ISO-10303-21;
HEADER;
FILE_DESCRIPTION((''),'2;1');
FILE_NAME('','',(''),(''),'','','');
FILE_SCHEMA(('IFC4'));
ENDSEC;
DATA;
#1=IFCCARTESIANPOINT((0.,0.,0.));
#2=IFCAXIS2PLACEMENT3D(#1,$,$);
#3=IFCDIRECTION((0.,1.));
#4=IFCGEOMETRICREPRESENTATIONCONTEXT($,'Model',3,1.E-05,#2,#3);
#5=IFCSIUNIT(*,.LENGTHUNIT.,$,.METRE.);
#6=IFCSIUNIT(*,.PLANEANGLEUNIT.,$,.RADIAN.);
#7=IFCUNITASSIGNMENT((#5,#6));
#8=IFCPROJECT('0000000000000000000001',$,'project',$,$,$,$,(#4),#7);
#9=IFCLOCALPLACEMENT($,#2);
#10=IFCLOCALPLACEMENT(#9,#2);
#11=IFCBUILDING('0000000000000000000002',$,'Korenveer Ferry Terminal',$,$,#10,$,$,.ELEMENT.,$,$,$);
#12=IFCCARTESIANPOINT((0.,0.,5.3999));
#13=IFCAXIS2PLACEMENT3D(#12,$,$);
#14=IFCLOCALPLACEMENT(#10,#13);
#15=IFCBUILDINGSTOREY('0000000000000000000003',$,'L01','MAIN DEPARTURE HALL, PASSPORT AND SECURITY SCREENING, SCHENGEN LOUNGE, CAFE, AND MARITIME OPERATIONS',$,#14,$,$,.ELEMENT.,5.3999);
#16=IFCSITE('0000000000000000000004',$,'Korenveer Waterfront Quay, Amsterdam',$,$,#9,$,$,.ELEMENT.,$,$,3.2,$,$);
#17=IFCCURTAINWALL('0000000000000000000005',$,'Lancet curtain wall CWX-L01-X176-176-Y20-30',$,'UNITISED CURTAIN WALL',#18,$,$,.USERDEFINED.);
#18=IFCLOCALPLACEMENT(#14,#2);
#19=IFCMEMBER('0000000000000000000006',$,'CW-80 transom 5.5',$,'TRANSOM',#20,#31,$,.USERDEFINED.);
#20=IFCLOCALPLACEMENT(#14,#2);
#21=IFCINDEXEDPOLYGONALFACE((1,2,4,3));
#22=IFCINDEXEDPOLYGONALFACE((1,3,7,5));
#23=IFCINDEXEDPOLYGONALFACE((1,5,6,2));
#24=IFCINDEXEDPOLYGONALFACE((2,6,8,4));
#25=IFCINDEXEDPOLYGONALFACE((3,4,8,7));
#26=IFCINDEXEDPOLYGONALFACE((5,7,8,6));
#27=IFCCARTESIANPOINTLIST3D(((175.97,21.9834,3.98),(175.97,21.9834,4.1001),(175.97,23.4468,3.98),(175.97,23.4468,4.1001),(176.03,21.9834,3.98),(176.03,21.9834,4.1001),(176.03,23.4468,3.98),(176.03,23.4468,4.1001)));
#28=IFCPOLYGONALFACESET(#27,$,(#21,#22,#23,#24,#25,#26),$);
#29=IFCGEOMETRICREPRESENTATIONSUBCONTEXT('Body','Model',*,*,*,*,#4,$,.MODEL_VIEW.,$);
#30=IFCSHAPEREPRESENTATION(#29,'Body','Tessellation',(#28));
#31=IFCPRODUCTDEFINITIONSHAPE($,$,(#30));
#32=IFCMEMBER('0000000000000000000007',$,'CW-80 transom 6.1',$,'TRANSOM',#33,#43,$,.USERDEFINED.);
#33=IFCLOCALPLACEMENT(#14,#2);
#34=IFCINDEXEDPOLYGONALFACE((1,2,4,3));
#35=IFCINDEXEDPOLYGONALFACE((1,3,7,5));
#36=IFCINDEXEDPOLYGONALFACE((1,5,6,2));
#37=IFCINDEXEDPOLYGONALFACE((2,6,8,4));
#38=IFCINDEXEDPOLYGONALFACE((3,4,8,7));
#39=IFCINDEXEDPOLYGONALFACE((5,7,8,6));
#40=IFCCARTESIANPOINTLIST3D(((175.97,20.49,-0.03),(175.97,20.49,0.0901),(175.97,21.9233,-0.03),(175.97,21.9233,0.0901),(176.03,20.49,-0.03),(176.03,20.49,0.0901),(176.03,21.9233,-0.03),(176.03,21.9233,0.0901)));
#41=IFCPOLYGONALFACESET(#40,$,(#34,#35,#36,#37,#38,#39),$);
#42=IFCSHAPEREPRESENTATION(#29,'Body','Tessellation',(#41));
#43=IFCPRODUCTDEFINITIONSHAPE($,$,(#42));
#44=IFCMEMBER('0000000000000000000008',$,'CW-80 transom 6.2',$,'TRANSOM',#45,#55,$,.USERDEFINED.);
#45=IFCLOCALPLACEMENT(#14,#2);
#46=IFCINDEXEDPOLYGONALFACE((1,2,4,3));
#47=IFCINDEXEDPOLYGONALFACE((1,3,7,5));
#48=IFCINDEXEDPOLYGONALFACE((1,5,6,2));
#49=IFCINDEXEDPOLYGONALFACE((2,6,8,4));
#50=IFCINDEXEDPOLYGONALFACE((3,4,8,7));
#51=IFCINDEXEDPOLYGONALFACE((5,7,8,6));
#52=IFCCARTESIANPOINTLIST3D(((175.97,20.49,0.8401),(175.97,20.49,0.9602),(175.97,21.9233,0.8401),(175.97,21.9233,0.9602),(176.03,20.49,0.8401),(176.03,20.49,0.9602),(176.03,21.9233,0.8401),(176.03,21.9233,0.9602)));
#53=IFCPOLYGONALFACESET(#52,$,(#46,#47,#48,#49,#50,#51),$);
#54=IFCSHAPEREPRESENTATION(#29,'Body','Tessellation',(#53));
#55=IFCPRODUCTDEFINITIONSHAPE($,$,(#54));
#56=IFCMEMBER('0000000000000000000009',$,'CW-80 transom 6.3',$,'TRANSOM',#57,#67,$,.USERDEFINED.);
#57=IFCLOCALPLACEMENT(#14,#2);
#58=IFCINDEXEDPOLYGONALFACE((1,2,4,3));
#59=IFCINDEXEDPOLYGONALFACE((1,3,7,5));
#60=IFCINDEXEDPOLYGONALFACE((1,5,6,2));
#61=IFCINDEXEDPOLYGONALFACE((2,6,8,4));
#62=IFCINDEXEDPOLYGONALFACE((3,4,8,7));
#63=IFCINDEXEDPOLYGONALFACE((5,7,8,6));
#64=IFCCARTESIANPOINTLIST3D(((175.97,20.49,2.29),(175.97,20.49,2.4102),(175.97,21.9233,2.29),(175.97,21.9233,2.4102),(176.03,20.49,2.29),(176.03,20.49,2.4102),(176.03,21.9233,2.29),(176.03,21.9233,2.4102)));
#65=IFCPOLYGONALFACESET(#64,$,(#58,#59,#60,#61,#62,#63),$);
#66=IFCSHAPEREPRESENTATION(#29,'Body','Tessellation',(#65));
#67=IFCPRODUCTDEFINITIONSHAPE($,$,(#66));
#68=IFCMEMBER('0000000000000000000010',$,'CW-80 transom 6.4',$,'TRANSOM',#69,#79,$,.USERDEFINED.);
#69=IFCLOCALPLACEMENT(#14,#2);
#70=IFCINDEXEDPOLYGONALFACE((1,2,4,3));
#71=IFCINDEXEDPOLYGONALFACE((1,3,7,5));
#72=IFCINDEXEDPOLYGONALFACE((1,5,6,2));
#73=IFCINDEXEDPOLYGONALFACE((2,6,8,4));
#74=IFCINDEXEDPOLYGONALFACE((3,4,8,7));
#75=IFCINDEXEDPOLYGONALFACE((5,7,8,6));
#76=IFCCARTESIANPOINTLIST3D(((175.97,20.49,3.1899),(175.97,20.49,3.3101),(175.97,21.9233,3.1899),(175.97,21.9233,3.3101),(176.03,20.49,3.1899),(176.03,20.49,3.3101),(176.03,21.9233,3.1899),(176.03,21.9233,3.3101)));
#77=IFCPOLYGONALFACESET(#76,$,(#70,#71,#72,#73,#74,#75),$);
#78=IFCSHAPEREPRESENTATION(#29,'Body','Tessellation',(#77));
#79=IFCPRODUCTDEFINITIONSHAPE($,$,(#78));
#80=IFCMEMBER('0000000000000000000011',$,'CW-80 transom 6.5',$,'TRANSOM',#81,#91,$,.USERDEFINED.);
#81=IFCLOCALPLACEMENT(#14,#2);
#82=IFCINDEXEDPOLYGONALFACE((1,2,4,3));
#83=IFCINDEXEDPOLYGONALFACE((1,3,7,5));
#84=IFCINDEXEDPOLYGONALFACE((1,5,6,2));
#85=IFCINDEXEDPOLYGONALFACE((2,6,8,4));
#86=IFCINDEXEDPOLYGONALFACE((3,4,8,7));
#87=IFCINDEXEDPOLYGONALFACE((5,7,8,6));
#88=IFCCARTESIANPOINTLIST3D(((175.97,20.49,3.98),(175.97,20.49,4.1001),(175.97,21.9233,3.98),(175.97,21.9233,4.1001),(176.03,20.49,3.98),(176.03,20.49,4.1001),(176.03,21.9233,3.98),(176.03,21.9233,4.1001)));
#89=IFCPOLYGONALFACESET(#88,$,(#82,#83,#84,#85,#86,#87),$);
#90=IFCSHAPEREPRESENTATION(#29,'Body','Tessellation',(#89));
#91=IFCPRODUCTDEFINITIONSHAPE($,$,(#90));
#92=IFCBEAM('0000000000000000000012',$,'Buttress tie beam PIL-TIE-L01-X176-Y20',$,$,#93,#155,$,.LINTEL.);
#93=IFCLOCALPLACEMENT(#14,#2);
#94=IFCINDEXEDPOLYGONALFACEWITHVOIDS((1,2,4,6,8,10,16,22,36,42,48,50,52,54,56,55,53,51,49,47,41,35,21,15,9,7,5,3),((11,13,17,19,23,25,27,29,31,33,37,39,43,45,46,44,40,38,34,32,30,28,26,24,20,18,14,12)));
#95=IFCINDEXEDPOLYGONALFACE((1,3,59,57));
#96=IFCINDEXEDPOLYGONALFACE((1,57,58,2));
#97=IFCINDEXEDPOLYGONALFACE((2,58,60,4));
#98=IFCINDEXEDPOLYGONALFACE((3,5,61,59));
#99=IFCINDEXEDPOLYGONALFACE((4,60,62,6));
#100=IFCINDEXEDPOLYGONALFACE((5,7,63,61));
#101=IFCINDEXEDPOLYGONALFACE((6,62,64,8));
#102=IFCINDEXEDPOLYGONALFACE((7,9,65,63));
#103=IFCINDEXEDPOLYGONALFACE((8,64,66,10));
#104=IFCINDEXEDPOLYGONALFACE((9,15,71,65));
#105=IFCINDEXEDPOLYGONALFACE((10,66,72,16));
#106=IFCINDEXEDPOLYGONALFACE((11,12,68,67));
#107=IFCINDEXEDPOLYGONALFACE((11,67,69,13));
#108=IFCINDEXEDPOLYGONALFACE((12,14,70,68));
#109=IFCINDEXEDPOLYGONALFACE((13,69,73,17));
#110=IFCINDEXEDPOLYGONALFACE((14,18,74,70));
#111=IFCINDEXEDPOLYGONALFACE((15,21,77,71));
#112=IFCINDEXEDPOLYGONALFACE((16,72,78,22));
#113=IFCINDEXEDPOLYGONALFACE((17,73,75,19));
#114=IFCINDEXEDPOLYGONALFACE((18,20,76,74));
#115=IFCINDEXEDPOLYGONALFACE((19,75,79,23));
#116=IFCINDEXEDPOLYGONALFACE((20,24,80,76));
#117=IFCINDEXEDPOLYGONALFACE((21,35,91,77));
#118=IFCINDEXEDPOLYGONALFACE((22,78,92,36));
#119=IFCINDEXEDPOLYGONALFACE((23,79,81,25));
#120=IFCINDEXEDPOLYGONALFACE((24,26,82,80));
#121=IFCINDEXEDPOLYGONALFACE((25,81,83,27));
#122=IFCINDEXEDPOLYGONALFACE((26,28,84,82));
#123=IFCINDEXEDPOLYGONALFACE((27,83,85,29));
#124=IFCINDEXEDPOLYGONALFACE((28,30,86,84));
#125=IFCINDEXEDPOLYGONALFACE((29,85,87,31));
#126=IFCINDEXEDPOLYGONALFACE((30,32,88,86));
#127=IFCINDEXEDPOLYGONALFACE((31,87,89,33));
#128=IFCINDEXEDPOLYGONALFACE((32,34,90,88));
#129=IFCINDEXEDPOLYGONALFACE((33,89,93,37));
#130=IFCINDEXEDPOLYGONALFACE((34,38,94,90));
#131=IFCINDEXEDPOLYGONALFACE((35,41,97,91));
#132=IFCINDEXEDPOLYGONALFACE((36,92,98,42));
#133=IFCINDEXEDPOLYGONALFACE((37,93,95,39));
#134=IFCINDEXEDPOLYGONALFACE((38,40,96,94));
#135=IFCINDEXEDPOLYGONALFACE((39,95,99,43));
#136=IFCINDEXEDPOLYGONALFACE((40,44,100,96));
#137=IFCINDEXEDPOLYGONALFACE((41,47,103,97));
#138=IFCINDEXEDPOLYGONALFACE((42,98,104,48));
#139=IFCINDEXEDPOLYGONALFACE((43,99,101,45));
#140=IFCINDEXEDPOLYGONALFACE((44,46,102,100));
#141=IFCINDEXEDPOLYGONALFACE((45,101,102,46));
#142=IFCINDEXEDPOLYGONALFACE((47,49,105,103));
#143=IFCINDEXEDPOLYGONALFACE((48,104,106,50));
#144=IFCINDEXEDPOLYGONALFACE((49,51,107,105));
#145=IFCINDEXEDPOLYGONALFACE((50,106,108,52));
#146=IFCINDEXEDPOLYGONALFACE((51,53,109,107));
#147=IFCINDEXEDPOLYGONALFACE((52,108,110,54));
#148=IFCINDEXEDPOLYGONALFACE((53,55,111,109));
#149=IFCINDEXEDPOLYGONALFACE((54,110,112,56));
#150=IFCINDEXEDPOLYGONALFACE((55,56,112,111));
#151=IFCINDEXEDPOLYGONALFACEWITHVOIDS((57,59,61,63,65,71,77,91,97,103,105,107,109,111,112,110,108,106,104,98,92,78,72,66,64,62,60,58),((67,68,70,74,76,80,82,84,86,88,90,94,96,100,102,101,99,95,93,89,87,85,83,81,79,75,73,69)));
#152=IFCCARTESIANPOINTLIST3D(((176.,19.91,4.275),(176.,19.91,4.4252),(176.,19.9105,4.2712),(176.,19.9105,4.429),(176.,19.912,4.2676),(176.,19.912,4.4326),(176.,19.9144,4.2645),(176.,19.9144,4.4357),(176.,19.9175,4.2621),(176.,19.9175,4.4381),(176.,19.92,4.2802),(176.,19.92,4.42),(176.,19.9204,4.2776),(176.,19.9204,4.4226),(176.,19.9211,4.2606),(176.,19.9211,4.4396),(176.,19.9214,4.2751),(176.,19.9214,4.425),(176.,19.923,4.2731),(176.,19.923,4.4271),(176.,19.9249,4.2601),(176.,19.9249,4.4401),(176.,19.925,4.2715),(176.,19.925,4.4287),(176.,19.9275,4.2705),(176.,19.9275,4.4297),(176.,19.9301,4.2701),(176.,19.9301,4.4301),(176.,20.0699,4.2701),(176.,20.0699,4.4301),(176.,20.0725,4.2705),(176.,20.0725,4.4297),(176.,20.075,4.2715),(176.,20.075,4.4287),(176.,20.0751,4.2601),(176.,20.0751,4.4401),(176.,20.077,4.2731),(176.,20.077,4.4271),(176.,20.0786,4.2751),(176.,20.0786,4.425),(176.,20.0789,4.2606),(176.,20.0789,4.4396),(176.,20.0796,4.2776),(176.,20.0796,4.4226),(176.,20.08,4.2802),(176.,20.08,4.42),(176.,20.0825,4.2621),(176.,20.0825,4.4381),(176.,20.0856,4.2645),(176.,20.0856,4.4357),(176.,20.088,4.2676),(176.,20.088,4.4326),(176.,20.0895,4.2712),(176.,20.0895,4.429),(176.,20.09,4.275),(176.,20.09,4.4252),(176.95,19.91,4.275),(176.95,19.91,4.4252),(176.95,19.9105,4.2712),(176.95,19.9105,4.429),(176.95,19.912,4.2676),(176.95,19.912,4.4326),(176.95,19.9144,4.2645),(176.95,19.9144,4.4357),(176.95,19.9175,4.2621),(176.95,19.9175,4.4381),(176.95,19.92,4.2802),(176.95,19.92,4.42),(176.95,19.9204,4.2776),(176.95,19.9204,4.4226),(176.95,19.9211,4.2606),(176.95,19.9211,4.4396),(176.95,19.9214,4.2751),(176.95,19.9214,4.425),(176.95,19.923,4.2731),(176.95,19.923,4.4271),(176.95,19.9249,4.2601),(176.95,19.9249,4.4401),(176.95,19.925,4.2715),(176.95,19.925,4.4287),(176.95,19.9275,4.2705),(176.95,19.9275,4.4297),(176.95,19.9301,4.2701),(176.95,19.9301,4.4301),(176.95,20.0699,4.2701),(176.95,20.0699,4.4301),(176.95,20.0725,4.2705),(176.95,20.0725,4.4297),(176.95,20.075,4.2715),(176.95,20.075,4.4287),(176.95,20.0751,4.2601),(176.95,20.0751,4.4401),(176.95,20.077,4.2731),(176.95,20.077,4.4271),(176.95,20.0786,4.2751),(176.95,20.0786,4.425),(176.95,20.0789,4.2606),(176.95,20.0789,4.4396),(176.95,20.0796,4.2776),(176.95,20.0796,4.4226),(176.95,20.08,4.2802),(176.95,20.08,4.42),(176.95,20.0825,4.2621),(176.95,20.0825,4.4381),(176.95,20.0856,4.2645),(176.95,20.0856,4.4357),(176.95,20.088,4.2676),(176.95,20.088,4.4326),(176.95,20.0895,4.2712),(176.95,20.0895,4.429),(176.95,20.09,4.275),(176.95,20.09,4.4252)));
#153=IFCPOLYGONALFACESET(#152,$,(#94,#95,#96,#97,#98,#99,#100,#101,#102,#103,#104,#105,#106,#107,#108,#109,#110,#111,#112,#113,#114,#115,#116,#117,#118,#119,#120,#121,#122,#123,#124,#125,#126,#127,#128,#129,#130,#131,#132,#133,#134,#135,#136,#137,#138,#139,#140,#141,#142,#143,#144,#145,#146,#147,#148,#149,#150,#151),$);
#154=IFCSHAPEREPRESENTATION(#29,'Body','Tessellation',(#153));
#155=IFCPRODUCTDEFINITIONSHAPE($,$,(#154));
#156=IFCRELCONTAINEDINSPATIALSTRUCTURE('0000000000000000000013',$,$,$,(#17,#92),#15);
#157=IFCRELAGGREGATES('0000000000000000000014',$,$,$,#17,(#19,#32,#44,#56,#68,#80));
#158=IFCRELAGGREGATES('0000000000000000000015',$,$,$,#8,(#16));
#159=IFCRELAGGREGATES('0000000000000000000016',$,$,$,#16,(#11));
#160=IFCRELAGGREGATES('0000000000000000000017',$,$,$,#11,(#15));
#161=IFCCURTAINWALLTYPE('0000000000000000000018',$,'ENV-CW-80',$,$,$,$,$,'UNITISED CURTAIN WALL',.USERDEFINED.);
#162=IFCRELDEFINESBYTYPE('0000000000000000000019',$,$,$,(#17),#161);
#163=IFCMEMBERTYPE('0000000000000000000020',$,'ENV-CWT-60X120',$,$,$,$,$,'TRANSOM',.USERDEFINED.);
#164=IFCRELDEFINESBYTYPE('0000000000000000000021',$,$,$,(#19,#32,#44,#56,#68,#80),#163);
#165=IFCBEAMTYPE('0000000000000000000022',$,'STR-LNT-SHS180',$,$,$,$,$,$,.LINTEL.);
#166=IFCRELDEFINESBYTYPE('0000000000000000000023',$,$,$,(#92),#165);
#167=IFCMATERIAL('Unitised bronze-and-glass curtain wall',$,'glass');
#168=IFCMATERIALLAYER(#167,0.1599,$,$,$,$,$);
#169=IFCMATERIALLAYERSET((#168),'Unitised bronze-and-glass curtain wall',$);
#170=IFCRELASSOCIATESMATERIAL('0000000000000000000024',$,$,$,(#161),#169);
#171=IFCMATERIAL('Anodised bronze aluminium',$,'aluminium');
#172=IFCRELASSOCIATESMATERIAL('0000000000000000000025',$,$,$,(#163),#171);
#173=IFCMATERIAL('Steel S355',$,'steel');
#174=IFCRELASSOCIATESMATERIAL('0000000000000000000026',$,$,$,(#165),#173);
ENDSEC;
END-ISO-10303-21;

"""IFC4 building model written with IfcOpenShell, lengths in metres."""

from ifc_helpers import new_model, si_unit, direction, frame, origin, origin_2d, place, context, subcontext, project, spatial, rectangle, hollow_rectangle, extrude, material, layer, layer_set, material_profile, profile_set, type_object, element, aggregate, save


model = new_model("IFC4")

# Units and contexts
model_context = context("Model", 3, precision=1e-05, world=origin(), true_north=direction((0.0, 1.0)))
body_context = subcontext(model_context, "Body", "Model", "MODEL_VIEW")
ifc_project = project(units=[si_unit("LENGTHUNIT", "METRE"), si_unit("PLANEANGLEUNIT", "RADIAN")], contexts=[model_context])

# Site, building, storey
site_placement = place(None, origin())
site = spatial("IfcSite", under=ifc_project, at=site_placement, Name="Korenveer Waterfront Quay, Amsterdam", CompositionType="ELEMENT", RefElevation=3.2)
building_placement = place(site_placement, origin())
building = spatial("IfcBuilding", under=site, at=building_placement, Name="Korenveer Ferry Terminal", CompositionType="ELEMENT")
storey_placement = place(building_placement, frame((0.0, 0.0, 5.3999)))
storey = spatial("IfcBuildingStorey", under=building, at=storey_placement, Name="L01", Description="MAIN DEPARTURE HALL, PASSPORT AND SECURITY SCREENING, SCHENGEN LOUNGE, CAFE, AND MARITIME OPERATIONS", CompositionType="ELEMENT", Elevation=5.3999)

# Shared definitions
ifc_material_1 = material(Name="Steel S355", Category="steel")

# Shared definitions
ifc_material_2 = material(Name="Unitised bronze-and-glass curtain wall", Category="glass")
ifc_material_3 = material(Name="Anodised bronze aluminium", Category="aluminium")

# Curtain wall, members
ifc_layer_1 = layer(ifc_material_2, 0.1599)
ifc_layer_set_1 = layer_set([ifc_layer_1], Name="Unitised bronze-and-glass curtain wall")
curtain_wall_type_1 = type_object("IfcCurtainWallType", Name="ENV-CW-80", ElementType="UNITISED CURTAIN WALL", PredefinedType="USERDEFINED", material=ifc_layer_set_1)
curtain_wall_1_placement = place(storey_placement, frame((176.0, 29.5701, 0.0)))
curtain_wall_1 = element("IfcCurtainWall", 1, at=curtain_wall_1_placement, inside=storey, type_object=curtain_wall_type_1, Name="Lancet curtain wall CWX-L01-X176-176-Y20-30", ObjectType="UNITISED CURTAIN WALL", PredefinedType="USERDEFINED")
ifc_material_profile_1 = material_profile(ifc_material_3, rectangle(XDim=0.0601, YDim=0.1201, at=origin_2d()), Name="ALU 60x120")
ifc_profile_set_1 = profile_set([ifc_material_profile_1], Name="Anodised bronze aluminium")
member_type_1 = type_object("IfcMemberType", Name="ENV-CWT-60X120", ElementType="TRANSOM", PredefinedType="USERDEFINED", material=ifc_profile_set_1)
member_1_placement = place(storey_placement, frame((176.0, 23.4468, 4.04), z_axis=(0.0, -1.0, 0.0), x_axis=(1.0, 0.0, 0.0)))
member_1 = element("IfcMember", 2, at=member_1_placement, type_object=member_type_1, Name="CW-80 transom 5.5", ObjectType="TRANSOM", PredefinedType="USERDEFINED", context=body_context, shape_type="SweptSolid", body=[
    extrude(rectangle(XDim=0.0601, YDim=0.1201, at=origin_2d()), origin(), (0.0, 0.0, 1.0), 1.4634),
])
member_2_placement = place(storey_placement, frame((176.0, 21.9233, 0.03), z_axis=(0.0, -1.0, 0.0), x_axis=(1.0, 0.0, 0.0)))
member_2 = element("IfcMember", 3, at=member_2_placement, type_object=member_type_1, Name="CW-80 transom 6.1", ObjectType="TRANSOM", PredefinedType="USERDEFINED", context=body_context, shape_type="SweptSolid", body=[
    extrude(rectangle(XDim=0.0601, YDim=0.1201, at=origin_2d()), origin(), (0.0, 0.0, 1.0), 1.4333),
])
member_3_placement = place(storey_placement, frame((176.0, 21.9233, 0.9001), z_axis=(0.0, -1.0, 0.0), x_axis=(1.0, 0.0, 0.0)))
member_3 = element("IfcMember", 4, at=member_3_placement, type_object=member_type_1, Name="CW-80 transom 6.2", ObjectType="TRANSOM", PredefinedType="USERDEFINED", context=body_context, shape_type="SweptSolid", body=[
    extrude(rectangle(XDim=0.0601, YDim=0.1201, at=origin_2d()), origin(), (0.0, 0.0, 1.0), 1.4333),
])
member_4_placement = place(storey_placement, frame((176.0, 21.9233, 2.3501), z_axis=(0.0, -1.0, 0.0), x_axis=(1.0, 0.0, 0.0)))
member_4 = element("IfcMember", 5, at=member_4_placement, type_object=member_type_1, Name="CW-80 transom 6.3", ObjectType="TRANSOM", PredefinedType="USERDEFINED", context=body_context, shape_type="SweptSolid", body=[
    extrude(rectangle(XDim=0.0601, YDim=0.1201, at=origin_2d()), origin(), (0.0, 0.0, 1.0), 1.4333),
])
member_5_placement = place(storey_placement, frame((176.0, 21.9233, 3.25), z_axis=(0.0, -1.0, 0.0), x_axis=(1.0, 0.0, 0.0)))
member_5 = element("IfcMember", 6, at=member_5_placement, type_object=member_type_1, Name="CW-80 transom 6.4", ObjectType="TRANSOM", PredefinedType="USERDEFINED", context=body_context, shape_type="SweptSolid", body=[
    extrude(rectangle(XDim=0.0601, YDim=0.1201, at=origin_2d()), origin(), (0.0, 0.0, 1.0), 1.4333),
])
member_6_placement = place(storey_placement, frame((176.0, 21.9233, 4.04), z_axis=(0.0, -1.0, 0.0), x_axis=(1.0, 0.0, 0.0)))
member_6 = element("IfcMember", 7, at=member_6_placement, type_object=member_type_1, Name="CW-80 transom 6.5", ObjectType="TRANSOM", PredefinedType="USERDEFINED", context=body_context, shape_type="SweptSolid", body=[
    extrude(rectangle(XDim=0.0601, YDim=0.1201, at=origin_2d()), origin(), (0.0, 0.0, 1.0), 1.4333),
])

# Beam
ifc_material_profile_2 = material_profile(ifc_material_1, hollow_rectangle(XDim=0.1799, YDim=0.1799, WallThickness=0.01, InnerFilletRadius=0.01, OuterFilletRadius=0.0149, at=origin_2d()), Name="SHS 180x180x10")
ifc_profile_set_2 = profile_set([ifc_material_profile_2], Name="Steel S355")
beam_type_1 = type_object("IfcBeamType", Name="STR-LNT-SHS180", PredefinedType="LINTEL", material=ifc_profile_set_2)
beam_placement = place(storey_placement, frame((176.0, 20.0, 4.3501), z_axis=(1.0, 0.0, 0.0), x_axis=(0.0, 1.0, 0.0)))
element("IfcBeam", 8, at=beam_placement, inside=storey, type_object=beam_type_1, Name="Buttress tie beam PIL-TIE-L01-X176-Y20", PredefinedType="LINTEL", context=body_context, shape_type="SweptSolid", body=[
    extrude(hollow_rectangle(XDim=0.1799, YDim=0.1799, WallThickness=0.01, InnerFilletRadius=0.01, OuterFilletRadius=0.0149, at=origin_2d()), origin(), (0.0, 0.0, 1.0), 0.95),
])

aggregate(curtain_wall_1, [member_1, member_2, member_3, member_4, member_5, member_6])

save(model, "model.ifc")
